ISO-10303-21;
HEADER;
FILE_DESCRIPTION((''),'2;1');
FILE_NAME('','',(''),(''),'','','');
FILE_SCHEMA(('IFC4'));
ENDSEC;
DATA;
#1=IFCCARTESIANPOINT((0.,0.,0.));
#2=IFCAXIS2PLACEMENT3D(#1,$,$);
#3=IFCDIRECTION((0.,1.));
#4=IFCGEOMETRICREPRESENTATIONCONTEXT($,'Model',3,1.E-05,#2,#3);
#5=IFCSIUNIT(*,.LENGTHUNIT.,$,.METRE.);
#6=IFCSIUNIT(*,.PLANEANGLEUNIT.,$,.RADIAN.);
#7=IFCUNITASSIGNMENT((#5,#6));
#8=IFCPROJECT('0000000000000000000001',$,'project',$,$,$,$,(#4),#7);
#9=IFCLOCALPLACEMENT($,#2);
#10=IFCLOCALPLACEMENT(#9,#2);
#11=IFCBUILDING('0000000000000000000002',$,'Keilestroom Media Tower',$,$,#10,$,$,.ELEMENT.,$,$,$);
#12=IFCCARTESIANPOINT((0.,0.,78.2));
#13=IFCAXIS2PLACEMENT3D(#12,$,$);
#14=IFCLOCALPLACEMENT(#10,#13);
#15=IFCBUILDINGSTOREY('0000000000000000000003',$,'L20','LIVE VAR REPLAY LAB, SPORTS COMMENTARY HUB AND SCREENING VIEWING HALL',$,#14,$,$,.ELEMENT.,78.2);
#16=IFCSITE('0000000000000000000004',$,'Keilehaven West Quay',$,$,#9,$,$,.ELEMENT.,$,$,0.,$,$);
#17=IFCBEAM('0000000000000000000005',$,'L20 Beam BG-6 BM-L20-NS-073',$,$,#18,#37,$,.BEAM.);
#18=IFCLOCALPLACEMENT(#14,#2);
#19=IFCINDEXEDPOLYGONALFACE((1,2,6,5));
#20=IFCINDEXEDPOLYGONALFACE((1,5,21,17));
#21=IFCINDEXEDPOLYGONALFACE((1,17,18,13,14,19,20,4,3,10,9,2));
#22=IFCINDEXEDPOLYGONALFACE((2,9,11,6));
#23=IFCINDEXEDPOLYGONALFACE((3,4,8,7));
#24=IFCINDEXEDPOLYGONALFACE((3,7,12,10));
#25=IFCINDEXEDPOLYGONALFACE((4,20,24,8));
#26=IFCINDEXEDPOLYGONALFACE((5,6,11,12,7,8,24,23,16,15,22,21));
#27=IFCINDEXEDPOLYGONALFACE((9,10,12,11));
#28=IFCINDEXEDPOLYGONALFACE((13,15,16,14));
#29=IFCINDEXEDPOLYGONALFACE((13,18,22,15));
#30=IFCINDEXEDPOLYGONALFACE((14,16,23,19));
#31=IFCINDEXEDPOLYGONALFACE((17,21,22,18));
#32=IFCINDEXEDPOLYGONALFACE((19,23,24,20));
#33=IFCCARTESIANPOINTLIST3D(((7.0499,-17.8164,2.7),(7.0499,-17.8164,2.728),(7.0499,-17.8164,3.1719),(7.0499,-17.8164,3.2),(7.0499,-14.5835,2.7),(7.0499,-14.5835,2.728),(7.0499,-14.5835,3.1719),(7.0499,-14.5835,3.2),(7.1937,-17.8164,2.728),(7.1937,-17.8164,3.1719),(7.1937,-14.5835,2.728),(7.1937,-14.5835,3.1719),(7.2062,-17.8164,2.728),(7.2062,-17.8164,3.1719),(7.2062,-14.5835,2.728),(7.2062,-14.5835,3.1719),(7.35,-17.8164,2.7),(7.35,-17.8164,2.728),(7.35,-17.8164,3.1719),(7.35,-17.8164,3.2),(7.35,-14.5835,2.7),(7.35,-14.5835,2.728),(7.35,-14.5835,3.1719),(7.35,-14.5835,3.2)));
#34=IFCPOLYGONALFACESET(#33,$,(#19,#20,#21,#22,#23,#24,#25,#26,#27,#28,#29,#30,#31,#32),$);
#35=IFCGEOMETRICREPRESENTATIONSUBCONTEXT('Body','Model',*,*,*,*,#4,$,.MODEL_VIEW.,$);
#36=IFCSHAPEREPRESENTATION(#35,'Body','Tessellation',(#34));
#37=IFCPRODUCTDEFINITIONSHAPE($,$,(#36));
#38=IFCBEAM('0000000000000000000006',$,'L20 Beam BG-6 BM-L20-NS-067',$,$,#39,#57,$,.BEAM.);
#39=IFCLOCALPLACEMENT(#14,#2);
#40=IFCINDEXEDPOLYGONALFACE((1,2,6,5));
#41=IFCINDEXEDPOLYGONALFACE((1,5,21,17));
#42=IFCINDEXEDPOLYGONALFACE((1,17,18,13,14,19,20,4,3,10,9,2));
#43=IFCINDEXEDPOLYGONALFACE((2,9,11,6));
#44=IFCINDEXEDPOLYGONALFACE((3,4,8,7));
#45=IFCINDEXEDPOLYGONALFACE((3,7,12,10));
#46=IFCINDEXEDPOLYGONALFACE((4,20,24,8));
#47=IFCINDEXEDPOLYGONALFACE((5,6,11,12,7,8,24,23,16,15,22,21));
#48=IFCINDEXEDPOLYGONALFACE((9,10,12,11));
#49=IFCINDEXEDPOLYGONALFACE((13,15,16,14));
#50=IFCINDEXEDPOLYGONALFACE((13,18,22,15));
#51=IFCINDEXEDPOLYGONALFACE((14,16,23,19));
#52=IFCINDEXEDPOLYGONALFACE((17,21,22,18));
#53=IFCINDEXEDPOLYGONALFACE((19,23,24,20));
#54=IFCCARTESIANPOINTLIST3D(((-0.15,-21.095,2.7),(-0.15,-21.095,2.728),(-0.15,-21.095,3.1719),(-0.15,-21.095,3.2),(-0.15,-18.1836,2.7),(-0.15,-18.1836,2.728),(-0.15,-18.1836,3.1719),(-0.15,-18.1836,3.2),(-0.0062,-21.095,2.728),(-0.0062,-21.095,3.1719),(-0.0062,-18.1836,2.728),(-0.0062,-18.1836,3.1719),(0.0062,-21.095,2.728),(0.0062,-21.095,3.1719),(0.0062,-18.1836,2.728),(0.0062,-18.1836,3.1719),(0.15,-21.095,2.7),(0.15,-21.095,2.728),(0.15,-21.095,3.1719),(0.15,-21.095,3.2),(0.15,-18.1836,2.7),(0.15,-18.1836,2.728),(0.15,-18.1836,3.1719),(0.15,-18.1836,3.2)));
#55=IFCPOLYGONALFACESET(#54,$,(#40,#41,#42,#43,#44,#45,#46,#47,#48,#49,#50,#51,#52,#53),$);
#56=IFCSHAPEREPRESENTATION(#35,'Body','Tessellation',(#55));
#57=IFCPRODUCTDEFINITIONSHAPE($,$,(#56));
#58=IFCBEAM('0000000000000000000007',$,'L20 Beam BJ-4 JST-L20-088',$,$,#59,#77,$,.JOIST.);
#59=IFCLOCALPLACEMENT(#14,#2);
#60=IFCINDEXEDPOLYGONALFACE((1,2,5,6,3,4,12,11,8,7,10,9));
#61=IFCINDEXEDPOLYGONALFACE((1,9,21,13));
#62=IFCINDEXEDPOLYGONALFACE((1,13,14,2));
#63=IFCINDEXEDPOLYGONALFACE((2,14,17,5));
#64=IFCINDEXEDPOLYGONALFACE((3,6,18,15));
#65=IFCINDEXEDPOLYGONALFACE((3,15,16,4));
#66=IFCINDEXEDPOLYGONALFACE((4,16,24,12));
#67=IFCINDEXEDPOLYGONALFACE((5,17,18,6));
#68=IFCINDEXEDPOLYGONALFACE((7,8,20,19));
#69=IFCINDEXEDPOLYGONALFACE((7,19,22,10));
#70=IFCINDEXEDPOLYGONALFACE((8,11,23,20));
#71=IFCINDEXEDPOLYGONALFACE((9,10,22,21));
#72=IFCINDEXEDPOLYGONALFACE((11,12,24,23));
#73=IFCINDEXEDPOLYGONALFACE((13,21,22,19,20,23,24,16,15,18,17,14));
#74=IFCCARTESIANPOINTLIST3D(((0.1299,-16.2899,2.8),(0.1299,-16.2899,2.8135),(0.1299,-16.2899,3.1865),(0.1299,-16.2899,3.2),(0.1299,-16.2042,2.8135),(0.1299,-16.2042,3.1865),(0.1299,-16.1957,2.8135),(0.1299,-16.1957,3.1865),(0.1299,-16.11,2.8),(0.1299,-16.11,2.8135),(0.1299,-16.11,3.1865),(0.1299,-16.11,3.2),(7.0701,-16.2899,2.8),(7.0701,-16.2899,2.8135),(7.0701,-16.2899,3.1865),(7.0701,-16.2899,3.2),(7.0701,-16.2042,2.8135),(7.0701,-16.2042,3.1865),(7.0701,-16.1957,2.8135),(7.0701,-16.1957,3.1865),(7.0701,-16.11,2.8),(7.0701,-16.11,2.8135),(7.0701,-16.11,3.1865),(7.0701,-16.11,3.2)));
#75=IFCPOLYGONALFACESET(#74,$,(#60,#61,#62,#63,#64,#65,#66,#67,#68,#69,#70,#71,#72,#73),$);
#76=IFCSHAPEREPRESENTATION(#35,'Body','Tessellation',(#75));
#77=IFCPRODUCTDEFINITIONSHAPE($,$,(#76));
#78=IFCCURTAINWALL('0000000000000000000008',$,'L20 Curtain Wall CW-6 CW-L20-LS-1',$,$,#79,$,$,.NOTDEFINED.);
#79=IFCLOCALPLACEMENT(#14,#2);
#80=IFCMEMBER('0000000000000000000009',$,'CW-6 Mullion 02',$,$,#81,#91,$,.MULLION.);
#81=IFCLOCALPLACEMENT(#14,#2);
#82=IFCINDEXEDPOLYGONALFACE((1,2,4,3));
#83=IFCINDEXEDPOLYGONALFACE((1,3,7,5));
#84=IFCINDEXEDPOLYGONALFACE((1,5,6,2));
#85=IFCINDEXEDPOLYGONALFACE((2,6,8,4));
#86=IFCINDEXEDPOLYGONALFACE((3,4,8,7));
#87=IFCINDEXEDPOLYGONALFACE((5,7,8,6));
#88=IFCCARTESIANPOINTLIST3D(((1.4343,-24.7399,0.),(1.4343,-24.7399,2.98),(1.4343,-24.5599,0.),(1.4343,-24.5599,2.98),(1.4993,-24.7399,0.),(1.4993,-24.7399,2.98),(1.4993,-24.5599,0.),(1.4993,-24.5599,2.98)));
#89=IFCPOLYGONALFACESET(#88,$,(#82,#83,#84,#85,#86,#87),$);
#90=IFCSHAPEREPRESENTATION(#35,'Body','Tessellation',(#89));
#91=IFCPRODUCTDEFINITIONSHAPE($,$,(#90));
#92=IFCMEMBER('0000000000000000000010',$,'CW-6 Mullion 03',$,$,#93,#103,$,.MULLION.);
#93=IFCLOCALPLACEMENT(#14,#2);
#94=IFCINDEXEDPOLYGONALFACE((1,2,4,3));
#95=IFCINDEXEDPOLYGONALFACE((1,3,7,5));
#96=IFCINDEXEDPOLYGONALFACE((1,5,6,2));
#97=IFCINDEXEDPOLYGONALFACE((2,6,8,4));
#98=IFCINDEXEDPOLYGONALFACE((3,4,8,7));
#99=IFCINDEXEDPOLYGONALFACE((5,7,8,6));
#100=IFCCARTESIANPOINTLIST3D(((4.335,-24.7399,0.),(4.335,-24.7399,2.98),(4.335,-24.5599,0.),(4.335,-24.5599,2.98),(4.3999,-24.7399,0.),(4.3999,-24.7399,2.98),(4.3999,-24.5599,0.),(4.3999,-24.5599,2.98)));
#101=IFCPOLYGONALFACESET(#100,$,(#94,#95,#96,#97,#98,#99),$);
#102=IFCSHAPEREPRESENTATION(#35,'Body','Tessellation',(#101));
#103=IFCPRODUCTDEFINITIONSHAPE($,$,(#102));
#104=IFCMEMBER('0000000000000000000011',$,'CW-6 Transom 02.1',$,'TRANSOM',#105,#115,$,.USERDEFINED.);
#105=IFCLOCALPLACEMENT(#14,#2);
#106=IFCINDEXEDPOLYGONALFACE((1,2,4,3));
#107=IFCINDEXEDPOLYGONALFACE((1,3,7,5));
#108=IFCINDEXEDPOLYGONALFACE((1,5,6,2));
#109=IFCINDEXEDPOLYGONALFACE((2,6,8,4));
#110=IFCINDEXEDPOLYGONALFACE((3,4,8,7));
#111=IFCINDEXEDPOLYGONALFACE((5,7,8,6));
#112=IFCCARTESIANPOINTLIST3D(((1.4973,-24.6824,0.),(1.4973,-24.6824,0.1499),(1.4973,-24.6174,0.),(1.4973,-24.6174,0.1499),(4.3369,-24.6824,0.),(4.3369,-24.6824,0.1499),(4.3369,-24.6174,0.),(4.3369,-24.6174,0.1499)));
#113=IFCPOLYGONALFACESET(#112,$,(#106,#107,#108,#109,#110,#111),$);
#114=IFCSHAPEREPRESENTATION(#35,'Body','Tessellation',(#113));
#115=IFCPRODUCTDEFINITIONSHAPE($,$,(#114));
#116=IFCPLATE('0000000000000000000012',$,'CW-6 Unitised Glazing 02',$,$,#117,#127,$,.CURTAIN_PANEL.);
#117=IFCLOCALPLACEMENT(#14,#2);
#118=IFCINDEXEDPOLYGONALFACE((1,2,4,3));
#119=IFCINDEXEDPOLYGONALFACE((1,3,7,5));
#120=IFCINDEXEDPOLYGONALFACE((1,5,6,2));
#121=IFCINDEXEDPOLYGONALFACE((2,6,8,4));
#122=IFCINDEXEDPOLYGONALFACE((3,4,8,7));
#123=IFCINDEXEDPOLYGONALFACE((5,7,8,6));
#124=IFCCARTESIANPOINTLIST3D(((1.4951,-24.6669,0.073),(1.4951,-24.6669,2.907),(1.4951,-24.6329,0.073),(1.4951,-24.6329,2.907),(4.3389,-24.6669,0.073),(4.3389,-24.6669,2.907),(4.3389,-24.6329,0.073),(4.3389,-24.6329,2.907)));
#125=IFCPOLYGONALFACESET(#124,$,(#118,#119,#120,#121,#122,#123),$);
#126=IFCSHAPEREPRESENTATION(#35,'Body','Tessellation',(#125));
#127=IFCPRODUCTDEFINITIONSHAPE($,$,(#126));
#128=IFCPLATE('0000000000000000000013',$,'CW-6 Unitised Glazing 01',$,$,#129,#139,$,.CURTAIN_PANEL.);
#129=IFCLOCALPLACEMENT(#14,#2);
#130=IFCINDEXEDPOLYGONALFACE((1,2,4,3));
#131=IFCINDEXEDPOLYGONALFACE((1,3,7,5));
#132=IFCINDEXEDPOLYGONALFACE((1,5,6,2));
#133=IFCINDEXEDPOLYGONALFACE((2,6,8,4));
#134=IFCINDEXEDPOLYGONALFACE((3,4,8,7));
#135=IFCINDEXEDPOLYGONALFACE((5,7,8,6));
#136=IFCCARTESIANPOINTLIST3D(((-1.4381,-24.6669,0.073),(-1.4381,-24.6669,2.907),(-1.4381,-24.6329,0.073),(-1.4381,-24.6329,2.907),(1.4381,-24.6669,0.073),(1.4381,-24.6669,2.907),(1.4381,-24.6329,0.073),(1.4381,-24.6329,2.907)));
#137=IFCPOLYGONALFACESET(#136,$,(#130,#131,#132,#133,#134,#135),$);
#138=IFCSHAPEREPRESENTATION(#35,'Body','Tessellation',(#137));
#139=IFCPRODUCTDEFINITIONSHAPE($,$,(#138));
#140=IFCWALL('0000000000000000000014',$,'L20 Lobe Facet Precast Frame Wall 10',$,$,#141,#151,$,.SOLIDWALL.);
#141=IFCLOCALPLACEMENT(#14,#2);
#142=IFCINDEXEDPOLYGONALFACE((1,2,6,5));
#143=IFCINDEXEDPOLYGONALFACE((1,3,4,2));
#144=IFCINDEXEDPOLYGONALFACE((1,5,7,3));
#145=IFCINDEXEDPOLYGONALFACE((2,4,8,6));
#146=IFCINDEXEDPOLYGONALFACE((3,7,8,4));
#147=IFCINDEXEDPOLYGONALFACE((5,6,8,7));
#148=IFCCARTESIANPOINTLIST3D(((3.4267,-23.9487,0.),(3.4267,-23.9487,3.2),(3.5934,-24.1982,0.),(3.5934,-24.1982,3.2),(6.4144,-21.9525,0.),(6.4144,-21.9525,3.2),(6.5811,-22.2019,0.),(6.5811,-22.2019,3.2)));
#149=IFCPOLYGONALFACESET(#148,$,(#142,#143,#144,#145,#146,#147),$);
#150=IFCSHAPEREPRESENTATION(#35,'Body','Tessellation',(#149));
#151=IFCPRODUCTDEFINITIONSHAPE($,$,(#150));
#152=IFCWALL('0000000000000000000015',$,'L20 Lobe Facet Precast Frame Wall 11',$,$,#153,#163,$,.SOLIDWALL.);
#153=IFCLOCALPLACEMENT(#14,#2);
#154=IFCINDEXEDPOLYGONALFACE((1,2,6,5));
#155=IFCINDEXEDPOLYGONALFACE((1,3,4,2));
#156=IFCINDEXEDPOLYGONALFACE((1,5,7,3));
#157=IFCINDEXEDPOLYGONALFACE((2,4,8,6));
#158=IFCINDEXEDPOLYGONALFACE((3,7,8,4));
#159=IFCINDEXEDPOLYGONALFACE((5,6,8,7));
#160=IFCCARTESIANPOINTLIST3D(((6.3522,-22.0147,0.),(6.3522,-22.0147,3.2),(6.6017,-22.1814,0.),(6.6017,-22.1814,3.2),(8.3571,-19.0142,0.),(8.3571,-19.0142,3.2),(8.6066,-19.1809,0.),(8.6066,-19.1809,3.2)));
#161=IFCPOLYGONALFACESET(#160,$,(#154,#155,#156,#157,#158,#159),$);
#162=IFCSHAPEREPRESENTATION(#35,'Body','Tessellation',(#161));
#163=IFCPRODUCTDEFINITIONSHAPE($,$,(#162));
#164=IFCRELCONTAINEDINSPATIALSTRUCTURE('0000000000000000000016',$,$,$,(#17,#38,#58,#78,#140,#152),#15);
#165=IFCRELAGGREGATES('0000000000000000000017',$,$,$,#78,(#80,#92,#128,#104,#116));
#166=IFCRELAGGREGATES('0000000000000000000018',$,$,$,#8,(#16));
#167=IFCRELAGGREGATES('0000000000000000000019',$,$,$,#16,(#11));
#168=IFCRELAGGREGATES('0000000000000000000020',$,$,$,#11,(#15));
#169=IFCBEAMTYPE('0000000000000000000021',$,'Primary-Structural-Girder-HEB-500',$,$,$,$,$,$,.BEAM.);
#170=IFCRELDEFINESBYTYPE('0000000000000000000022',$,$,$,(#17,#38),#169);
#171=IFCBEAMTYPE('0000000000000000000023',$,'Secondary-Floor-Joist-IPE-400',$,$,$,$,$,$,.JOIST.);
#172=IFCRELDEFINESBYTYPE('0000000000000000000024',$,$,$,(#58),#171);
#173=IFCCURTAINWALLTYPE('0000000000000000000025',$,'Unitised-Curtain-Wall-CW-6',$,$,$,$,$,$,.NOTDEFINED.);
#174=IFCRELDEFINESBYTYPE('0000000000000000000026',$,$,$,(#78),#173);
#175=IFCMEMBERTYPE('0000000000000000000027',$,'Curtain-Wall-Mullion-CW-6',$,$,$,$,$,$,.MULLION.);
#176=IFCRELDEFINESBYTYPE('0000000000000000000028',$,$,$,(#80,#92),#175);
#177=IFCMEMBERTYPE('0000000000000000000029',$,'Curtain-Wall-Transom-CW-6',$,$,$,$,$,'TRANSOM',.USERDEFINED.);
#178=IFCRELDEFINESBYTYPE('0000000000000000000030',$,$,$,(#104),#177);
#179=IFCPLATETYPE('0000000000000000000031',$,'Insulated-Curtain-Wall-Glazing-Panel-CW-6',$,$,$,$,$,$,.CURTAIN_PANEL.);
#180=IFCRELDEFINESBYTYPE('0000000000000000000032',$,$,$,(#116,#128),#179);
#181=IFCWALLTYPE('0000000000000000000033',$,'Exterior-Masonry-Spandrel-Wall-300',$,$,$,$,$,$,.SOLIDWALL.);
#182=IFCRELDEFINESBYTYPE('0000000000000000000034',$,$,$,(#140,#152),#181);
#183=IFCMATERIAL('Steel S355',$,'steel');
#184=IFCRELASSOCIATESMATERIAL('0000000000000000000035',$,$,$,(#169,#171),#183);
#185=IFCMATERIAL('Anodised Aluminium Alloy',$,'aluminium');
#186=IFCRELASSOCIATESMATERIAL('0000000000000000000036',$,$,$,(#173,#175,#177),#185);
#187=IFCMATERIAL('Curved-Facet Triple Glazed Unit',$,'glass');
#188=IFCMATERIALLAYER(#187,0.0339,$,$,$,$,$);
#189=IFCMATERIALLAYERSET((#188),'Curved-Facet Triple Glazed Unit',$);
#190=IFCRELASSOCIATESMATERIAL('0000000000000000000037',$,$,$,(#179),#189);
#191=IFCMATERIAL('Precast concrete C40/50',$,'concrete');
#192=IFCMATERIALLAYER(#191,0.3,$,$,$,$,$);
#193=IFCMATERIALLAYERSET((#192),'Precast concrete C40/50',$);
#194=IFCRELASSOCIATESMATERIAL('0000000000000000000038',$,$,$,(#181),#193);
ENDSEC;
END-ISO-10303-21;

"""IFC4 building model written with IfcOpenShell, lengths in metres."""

from ifc_helpers import new_model, si_unit, direction, frame, frame_2d, origin, origin_2d, place, context, subcontext, project, spatial, rectangle, i_section, extrude, source, transform, mapped, material, layer, layer_set, material_profile, profile_set, type_object, element, aggregate, save


model = new_model("IFC4")

# Units and contexts
model_context = context("Model", 3, precision=1e-05, world=origin(), true_north=direction((0.0, 1.0)))
body_context = subcontext(model_context, "Body", "Model", "MODEL_VIEW")
ifc_project = project(units=[si_unit("LENGTHUNIT", "METRE"), si_unit("PLANEANGLEUNIT", "RADIAN")], contexts=[model_context])

# Site, building, storey
site_placement = place(None, origin())
site = spatial("IfcSite", under=ifc_project, at=site_placement, Name="Keilehaven West Quay", CompositionType="ELEMENT", RefElevation=0.0)
building_placement = place(site_placement, origin())
building = spatial("IfcBuilding", under=site, at=building_placement, Name="Keilestroom Media Tower", CompositionType="ELEMENT")
storey_placement = place(building_placement, frame((0.0, 0.0, 78.2)))
storey = spatial("IfcBuildingStorey", under=building, at=storey_placement, Name="L20", Description="LIVE VAR REPLAY LAB, SPORTS COMMENTARY HUB AND SCREENING VIEWING HALL", CompositionType="ELEMENT", Elevation=78.2)

# Beams
ifc_material_1 = material(Name="Steel S355", Category="steel")
ifc_material_profile_1 = material_profile(ifc_material_1, i_section(OverallWidth=0.3, OverallDepth=0.5, WebThickness=0.0125, FlangeThickness=0.0281, at=origin_2d()), Name="HEB 500")
ifc_profile_set_1 = profile_set([ifc_material_profile_1], Name="Steel S355")
beam_type_1 = type_object("IfcBeamType", Name="Primary-Structural-Girder-HEB-500", PredefinedType="BEAM", material=ifc_profile_set_1)
shared_shape_1 = source(origin(), body_context, "Body", "SweptSolid", [
    extrude(i_section(OverallWidth=0.3, OverallDepth=0.5, WebThickness=0.0125, FlangeThickness=0.0281, at=origin_2d()), origin(), (0.0, 0.0, 1.0), 3.2329),
])
for number, where, z_axis, x_axis, name in (
    (1, (7.2, -17.8164, 2.95), (0.0, 1.0, 0.0), (-1.0, 0.0, 0.0), "L20 Beam BG-6 BM-L20-NS-073"),
):
    element("IfcBeam", number, at=place(storey_placement, frame(where, z_axis=z_axis, x_axis=x_axis)), inside=storey, type_object=beam_type_1, Name=name, PredefinedType="BEAM", context=body_context, shape_type="MappedRepresentation", body=[
        mapped(shared_shape_1, transform((0.0, 0.0, 0.0), x_axis=(1.0, 0.0, 0.0), y_axis=(0.0, 1.0, 0.0), z_axis=(0.0, 0.0, 1.0), scale=1.0)),
    ])
shared_shape_2 = source(origin(), body_context, "Body", "SweptSolid", [
    extrude(i_section(OverallWidth=0.3, OverallDepth=0.5, WebThickness=0.0125, FlangeThickness=0.0281, at=origin_2d()), origin(), (0.0, 0.0, 1.0), 2.9114),
])
beam_1_placement = place(storey_placement, frame((0.0, -21.095, 2.95), z_axis=(0.0, 1.0, 0.0), x_axis=(-1.0, 0.0, 0.0)))
element("IfcBeam", 2, at=beam_1_placement, inside=storey, type_object=beam_type_1, Name="L20 Beam BG-6 BM-L20-NS-067", PredefinedType="BEAM", context=body_context, shape_type="MappedRepresentation", body=[
    mapped(shared_shape_2, transform((0.0, 0.0, 0.0), x_axis=(1.0, 0.0, 0.0), y_axis=(0.0, 1.0, 0.0), z_axis=(0.0, 0.0, 1.0), scale=1.0)),
])
ifc_material_profile_2 = material_profile(ifc_material_1, i_section(OverallWidth=0.1799, OverallDepth=0.3999, WebThickness=0.0085, FlangeThickness=0.0134, at=origin_2d()), Name="IPE 400")
ifc_profile_set_2 = profile_set([ifc_material_profile_2], Name="Steel S355")
beam_type_2 = type_object("IfcBeamType", Name="Secondary-Floor-Joist-IPE-400", PredefinedType="JOIST", material=ifc_profile_set_2)
shared_shape_3 = source(origin(), body_context, "Body", "SweptSolid", [
    extrude(i_section(OverallWidth=0.1799, OverallDepth=0.3999, WebThickness=0.0085, FlangeThickness=0.0134, at=origin_2d()), origin(), (0.0, 0.0, 1.0), 6.9402),
])
beam_2_placement = place(storey_placement, frame((0.1299, -16.2, 3.0), z_axis=(1.0, 0.0, 0.0), x_axis=(0.0, 1.0, 0.0)))
element("IfcBeam", 3, at=beam_2_placement, inside=storey, type_object=beam_type_2, Name="L20 Beam BJ-4 JST-L20-088", PredefinedType="JOIST", context=body_context, shape_type="MappedRepresentation", body=[
    mapped(shared_shape_3, transform((0.0, 0.0, 0.0), x_axis=(1.0, 0.0, 0.0), y_axis=(0.0, 1.0, 0.0), z_axis=(0.0, 0.0, 1.0), scale=1.0)),
])

# Curtain wall, members, plates
ifc_material_2 = material(Name="Anodised Aluminium Alloy", Category="aluminium")
curtain_wall_type = type_object("IfcCurtainWallType", Name="Unitised-Curtain-Wall-CW-6", PredefinedType="NOTDEFINED", material=ifc_material_2)
curtain_wall_placement = place(storey_placement, origin())
curtain_wall = element("IfcCurtainWall", 4, at=curtain_wall_placement, inside=storey, type_object=curtain_wall_type, Name="L20 Curtain Wall CW-6 CW-L20-LS-1", PredefinedType="NOTDEFINED")
ifc_material_profile_3 = material_profile(ifc_material_2, rectangle(XDim=0.0649, YDim=0.1799, at=origin_2d()), Name="ALU MULLION 65x180")
ifc_profile_set_3 = profile_set([ifc_material_profile_3], Name="Anodised Aluminium Alloy")
member_type_1 = type_object("IfcMemberType", Name="Curtain-Wall-Mullion-CW-6", PredefinedType="MULLION", material=ifc_profile_set_3)
shared_shape_4 = source(origin(), body_context, "Body", "SweptSolid", [
    extrude(rectangle(XDim=0.0649, YDim=0.1799, at=origin_2d()), origin(), (0.0, 0.0, 1.0), 2.98),
])
member_1_placement = place(storey_placement, frame((1.4668, -24.6499, 0.0), z_axis=(0.0, 0.0, 1.0), x_axis=(1.0, 0.0, 0.0)))
member_1 = element("IfcMember", 5, at=member_1_placement, type_object=member_type_1, Name="CW-6 Mullion 02", PredefinedType="MULLION", context=body_context, shape_type="MappedRepresentation", body=[
    mapped(shared_shape_4, transform((0.0, 0.0, 0.0), x_axis=(1.0, 0.0, 0.0), y_axis=(0.0, 1.0, 0.0), z_axis=(0.0, 0.0, 1.0), scale=1.0)),
])
member_2_placement = place(storey_placement, frame((4.3674, -24.6499, 0.0), z_axis=(0.0, 0.0, 1.0), x_axis=(1.0, 0.0, 0.0)))
member_2 = element("IfcMember", 6, at=member_2_placement, type_object=member_type_1, Name="CW-6 Mullion 03", PredefinedType="MULLION", context=body_context, shape_type="MappedRepresentation", body=[
    mapped(shared_shape_4, transform((0.0, 0.0, 0.0), x_axis=(1.0, 0.0, 0.0), y_axis=(0.0, 1.0, 0.0), z_axis=(0.0, 0.0, 1.0), scale=1.0)),
])
ifc_material_profile_4 = material_profile(ifc_material_2, rectangle(XDim=0.0649, YDim=0.1499, at=origin_2d()), Name="ALU TRANSOM 65x150")
ifc_profile_set_4 = profile_set([ifc_material_profile_4], Name="Anodised Aluminium Alloy")
member_type_2 = type_object("IfcMemberType", Name="Curtain-Wall-Transom-CW-6", ElementType="TRANSOM", PredefinedType="USERDEFINED", material=ifc_profile_set_4)
shared_shape_5 = source(origin(), body_context, "Body", "SweptSolid", [
    extrude(rectangle(XDim=0.0649, YDim=0.1499, at=origin_2d()), origin(), (0.0, 0.0, 1.0), 2.8396),
])
member_3_placement = place(storey_placement, frame((1.4973, -24.6499, 0.075), z_axis=(1.0, 0.0, 0.0), x_axis=(0.0, 1.0, 0.0)))
member_3 = element("IfcMember", 7, at=member_3_placement, type_object=member_type_2, Name="CW-6 Transom 02.1", ObjectType="TRANSOM", PredefinedType="USERDEFINED", context=body_context, shape_type="MappedRepresentation", body=[
    mapped(shared_shape_5, transform((0.0, 0.0, 0.0), x_axis=(1.0, 0.0, 0.0), y_axis=(0.0, 1.0, 0.0), z_axis=(0.0, 0.0, 1.0), scale=1.0)),
])
ifc_material_3 = material(Name="Curved-Facet Triple Glazed Unit", Category="glass")
ifc_layer_1 = layer(ifc_material_3, 0.0339)
ifc_layer_set_1 = layer_set([ifc_layer_1], Name="Curved-Facet Triple Glazed Unit")
plate_type = type_object("IfcPlateType", Name="Insulated-Curtain-Wall-Glazing-Panel-CW-6", PredefinedType="CURTAIN_PANEL", material=ifc_layer_set_1)
shared_shape_6 = source(origin(), body_context, "Body", "SweptSolid", [
    extrude(rectangle(XDim=2.8438, YDim=0.0339, at=origin_2d()), origin(), (0.0, 0.0, 1.0), 2.834),
])
plate_1_placement = place(storey_placement, frame((2.917, -24.6499, 0.073), z_axis=(0.0, 0.0, 1.0), x_axis=(1.0, 0.0, 0.0)))
plate_1 = element("IfcPlate", 8, at=plate_1_placement, type_object=plate_type, Name="CW-6 Unitised Glazing 02", PredefinedType="CURTAIN_PANEL", context=body_context, shape_type="MappedRepresentation", body=[
    mapped(shared_shape_6, transform((0.0, 0.0, 0.0), x_axis=(1.0, 0.0, 0.0), y_axis=(0.0, 1.0, 0.0), z_axis=(0.0, 0.0, 1.0), scale=1.0)),
])
shared_shape_7 = source(origin(), body_context, "Body", "SweptSolid", [
    extrude(rectangle(XDim=2.8762, YDim=0.0339, at=origin_2d()), origin(), (0.0, 0.0, 1.0), 2.834),
])
plate_2_placement = place(storey_placement, frame((0.0, -24.6499, 0.073), z_axis=(0.0, 0.0, 1.0), x_axis=(1.0, 0.0, 0.0)))
plate_2 = element("IfcPlate", 9, at=plate_2_placement, type_object=plate_type, Name="CW-6 Unitised Glazing 01", PredefinedType="CURTAIN_PANEL", context=body_context, shape_type="MappedRepresentation", body=[
    mapped(shared_shape_7, transform((0.0, 0.0, 0.0), x_axis=(1.0, 0.0, 0.0), y_axis=(0.0, 1.0, 0.0), z_axis=(0.0, 0.0, 1.0), scale=1.0)),
])
aggregate(curtain_wall, [member_1, member_2, plate_2, member_3, plate_1])

# Walls
ifc_material_4 = material(Name="Precast concrete C40/50", Category="concrete")
ifc_layer_2 = layer(ifc_material_4, 0.3)
ifc_layer_set_2 = layer_set([ifc_layer_2], Name="Precast concrete C40/50")
wall_type_1 = type_object("IfcWallType", Name="Exterior-Masonry-Spandrel-Wall-300", PredefinedType="SOLIDWALL", material=ifc_layer_set_2)
wall_1_placement = place(storey_placement, frame((3.51, -24.0735, 0.0), z_axis=(0.0, 0.0, 1.0), x_axis=(0.831475, 0.555562, 0.0)))
element("IfcWall", 10, at=wall_1_placement, inside=storey, type_object=wall_type_1, Name="L20 Lobe Facet Precast Frame Wall 10", PredefinedType="SOLIDWALL", context=body_context, shape_type="SweptSolid", body=[
    extrude(rectangle(XDim=3.5933, YDim=0.3, at=frame_2d((1.7966, 0.0))), origin(), (0.0, 0.0, 1.0), 3.2),
])
for number, where, z_axis, x_axis, name in (
    (11, (6.4771, -22.0979, 0.0), (0.0, 0.0, 1.0), (0.555574, 0.831467, 0.0), "L20 Lobe Facet Precast Frame Wall 11"),
):
    element("IfcWall", number, at=place(storey_placement, frame(where, z_axis=z_axis, x_axis=x_axis)), inside=storey, type_object=wall_type_1, Name=name, PredefinedType="SOLIDWALL", context=body_context, shape_type="SweptSolid", body=[
        extrude(rectangle(XDim=3.6086, YDim=0.3, at=frame_2d((1.8042, 0.0))), origin(), (0.0, 0.0, 1.0), 3.2),
    ])

save(model, "model.ifc")
